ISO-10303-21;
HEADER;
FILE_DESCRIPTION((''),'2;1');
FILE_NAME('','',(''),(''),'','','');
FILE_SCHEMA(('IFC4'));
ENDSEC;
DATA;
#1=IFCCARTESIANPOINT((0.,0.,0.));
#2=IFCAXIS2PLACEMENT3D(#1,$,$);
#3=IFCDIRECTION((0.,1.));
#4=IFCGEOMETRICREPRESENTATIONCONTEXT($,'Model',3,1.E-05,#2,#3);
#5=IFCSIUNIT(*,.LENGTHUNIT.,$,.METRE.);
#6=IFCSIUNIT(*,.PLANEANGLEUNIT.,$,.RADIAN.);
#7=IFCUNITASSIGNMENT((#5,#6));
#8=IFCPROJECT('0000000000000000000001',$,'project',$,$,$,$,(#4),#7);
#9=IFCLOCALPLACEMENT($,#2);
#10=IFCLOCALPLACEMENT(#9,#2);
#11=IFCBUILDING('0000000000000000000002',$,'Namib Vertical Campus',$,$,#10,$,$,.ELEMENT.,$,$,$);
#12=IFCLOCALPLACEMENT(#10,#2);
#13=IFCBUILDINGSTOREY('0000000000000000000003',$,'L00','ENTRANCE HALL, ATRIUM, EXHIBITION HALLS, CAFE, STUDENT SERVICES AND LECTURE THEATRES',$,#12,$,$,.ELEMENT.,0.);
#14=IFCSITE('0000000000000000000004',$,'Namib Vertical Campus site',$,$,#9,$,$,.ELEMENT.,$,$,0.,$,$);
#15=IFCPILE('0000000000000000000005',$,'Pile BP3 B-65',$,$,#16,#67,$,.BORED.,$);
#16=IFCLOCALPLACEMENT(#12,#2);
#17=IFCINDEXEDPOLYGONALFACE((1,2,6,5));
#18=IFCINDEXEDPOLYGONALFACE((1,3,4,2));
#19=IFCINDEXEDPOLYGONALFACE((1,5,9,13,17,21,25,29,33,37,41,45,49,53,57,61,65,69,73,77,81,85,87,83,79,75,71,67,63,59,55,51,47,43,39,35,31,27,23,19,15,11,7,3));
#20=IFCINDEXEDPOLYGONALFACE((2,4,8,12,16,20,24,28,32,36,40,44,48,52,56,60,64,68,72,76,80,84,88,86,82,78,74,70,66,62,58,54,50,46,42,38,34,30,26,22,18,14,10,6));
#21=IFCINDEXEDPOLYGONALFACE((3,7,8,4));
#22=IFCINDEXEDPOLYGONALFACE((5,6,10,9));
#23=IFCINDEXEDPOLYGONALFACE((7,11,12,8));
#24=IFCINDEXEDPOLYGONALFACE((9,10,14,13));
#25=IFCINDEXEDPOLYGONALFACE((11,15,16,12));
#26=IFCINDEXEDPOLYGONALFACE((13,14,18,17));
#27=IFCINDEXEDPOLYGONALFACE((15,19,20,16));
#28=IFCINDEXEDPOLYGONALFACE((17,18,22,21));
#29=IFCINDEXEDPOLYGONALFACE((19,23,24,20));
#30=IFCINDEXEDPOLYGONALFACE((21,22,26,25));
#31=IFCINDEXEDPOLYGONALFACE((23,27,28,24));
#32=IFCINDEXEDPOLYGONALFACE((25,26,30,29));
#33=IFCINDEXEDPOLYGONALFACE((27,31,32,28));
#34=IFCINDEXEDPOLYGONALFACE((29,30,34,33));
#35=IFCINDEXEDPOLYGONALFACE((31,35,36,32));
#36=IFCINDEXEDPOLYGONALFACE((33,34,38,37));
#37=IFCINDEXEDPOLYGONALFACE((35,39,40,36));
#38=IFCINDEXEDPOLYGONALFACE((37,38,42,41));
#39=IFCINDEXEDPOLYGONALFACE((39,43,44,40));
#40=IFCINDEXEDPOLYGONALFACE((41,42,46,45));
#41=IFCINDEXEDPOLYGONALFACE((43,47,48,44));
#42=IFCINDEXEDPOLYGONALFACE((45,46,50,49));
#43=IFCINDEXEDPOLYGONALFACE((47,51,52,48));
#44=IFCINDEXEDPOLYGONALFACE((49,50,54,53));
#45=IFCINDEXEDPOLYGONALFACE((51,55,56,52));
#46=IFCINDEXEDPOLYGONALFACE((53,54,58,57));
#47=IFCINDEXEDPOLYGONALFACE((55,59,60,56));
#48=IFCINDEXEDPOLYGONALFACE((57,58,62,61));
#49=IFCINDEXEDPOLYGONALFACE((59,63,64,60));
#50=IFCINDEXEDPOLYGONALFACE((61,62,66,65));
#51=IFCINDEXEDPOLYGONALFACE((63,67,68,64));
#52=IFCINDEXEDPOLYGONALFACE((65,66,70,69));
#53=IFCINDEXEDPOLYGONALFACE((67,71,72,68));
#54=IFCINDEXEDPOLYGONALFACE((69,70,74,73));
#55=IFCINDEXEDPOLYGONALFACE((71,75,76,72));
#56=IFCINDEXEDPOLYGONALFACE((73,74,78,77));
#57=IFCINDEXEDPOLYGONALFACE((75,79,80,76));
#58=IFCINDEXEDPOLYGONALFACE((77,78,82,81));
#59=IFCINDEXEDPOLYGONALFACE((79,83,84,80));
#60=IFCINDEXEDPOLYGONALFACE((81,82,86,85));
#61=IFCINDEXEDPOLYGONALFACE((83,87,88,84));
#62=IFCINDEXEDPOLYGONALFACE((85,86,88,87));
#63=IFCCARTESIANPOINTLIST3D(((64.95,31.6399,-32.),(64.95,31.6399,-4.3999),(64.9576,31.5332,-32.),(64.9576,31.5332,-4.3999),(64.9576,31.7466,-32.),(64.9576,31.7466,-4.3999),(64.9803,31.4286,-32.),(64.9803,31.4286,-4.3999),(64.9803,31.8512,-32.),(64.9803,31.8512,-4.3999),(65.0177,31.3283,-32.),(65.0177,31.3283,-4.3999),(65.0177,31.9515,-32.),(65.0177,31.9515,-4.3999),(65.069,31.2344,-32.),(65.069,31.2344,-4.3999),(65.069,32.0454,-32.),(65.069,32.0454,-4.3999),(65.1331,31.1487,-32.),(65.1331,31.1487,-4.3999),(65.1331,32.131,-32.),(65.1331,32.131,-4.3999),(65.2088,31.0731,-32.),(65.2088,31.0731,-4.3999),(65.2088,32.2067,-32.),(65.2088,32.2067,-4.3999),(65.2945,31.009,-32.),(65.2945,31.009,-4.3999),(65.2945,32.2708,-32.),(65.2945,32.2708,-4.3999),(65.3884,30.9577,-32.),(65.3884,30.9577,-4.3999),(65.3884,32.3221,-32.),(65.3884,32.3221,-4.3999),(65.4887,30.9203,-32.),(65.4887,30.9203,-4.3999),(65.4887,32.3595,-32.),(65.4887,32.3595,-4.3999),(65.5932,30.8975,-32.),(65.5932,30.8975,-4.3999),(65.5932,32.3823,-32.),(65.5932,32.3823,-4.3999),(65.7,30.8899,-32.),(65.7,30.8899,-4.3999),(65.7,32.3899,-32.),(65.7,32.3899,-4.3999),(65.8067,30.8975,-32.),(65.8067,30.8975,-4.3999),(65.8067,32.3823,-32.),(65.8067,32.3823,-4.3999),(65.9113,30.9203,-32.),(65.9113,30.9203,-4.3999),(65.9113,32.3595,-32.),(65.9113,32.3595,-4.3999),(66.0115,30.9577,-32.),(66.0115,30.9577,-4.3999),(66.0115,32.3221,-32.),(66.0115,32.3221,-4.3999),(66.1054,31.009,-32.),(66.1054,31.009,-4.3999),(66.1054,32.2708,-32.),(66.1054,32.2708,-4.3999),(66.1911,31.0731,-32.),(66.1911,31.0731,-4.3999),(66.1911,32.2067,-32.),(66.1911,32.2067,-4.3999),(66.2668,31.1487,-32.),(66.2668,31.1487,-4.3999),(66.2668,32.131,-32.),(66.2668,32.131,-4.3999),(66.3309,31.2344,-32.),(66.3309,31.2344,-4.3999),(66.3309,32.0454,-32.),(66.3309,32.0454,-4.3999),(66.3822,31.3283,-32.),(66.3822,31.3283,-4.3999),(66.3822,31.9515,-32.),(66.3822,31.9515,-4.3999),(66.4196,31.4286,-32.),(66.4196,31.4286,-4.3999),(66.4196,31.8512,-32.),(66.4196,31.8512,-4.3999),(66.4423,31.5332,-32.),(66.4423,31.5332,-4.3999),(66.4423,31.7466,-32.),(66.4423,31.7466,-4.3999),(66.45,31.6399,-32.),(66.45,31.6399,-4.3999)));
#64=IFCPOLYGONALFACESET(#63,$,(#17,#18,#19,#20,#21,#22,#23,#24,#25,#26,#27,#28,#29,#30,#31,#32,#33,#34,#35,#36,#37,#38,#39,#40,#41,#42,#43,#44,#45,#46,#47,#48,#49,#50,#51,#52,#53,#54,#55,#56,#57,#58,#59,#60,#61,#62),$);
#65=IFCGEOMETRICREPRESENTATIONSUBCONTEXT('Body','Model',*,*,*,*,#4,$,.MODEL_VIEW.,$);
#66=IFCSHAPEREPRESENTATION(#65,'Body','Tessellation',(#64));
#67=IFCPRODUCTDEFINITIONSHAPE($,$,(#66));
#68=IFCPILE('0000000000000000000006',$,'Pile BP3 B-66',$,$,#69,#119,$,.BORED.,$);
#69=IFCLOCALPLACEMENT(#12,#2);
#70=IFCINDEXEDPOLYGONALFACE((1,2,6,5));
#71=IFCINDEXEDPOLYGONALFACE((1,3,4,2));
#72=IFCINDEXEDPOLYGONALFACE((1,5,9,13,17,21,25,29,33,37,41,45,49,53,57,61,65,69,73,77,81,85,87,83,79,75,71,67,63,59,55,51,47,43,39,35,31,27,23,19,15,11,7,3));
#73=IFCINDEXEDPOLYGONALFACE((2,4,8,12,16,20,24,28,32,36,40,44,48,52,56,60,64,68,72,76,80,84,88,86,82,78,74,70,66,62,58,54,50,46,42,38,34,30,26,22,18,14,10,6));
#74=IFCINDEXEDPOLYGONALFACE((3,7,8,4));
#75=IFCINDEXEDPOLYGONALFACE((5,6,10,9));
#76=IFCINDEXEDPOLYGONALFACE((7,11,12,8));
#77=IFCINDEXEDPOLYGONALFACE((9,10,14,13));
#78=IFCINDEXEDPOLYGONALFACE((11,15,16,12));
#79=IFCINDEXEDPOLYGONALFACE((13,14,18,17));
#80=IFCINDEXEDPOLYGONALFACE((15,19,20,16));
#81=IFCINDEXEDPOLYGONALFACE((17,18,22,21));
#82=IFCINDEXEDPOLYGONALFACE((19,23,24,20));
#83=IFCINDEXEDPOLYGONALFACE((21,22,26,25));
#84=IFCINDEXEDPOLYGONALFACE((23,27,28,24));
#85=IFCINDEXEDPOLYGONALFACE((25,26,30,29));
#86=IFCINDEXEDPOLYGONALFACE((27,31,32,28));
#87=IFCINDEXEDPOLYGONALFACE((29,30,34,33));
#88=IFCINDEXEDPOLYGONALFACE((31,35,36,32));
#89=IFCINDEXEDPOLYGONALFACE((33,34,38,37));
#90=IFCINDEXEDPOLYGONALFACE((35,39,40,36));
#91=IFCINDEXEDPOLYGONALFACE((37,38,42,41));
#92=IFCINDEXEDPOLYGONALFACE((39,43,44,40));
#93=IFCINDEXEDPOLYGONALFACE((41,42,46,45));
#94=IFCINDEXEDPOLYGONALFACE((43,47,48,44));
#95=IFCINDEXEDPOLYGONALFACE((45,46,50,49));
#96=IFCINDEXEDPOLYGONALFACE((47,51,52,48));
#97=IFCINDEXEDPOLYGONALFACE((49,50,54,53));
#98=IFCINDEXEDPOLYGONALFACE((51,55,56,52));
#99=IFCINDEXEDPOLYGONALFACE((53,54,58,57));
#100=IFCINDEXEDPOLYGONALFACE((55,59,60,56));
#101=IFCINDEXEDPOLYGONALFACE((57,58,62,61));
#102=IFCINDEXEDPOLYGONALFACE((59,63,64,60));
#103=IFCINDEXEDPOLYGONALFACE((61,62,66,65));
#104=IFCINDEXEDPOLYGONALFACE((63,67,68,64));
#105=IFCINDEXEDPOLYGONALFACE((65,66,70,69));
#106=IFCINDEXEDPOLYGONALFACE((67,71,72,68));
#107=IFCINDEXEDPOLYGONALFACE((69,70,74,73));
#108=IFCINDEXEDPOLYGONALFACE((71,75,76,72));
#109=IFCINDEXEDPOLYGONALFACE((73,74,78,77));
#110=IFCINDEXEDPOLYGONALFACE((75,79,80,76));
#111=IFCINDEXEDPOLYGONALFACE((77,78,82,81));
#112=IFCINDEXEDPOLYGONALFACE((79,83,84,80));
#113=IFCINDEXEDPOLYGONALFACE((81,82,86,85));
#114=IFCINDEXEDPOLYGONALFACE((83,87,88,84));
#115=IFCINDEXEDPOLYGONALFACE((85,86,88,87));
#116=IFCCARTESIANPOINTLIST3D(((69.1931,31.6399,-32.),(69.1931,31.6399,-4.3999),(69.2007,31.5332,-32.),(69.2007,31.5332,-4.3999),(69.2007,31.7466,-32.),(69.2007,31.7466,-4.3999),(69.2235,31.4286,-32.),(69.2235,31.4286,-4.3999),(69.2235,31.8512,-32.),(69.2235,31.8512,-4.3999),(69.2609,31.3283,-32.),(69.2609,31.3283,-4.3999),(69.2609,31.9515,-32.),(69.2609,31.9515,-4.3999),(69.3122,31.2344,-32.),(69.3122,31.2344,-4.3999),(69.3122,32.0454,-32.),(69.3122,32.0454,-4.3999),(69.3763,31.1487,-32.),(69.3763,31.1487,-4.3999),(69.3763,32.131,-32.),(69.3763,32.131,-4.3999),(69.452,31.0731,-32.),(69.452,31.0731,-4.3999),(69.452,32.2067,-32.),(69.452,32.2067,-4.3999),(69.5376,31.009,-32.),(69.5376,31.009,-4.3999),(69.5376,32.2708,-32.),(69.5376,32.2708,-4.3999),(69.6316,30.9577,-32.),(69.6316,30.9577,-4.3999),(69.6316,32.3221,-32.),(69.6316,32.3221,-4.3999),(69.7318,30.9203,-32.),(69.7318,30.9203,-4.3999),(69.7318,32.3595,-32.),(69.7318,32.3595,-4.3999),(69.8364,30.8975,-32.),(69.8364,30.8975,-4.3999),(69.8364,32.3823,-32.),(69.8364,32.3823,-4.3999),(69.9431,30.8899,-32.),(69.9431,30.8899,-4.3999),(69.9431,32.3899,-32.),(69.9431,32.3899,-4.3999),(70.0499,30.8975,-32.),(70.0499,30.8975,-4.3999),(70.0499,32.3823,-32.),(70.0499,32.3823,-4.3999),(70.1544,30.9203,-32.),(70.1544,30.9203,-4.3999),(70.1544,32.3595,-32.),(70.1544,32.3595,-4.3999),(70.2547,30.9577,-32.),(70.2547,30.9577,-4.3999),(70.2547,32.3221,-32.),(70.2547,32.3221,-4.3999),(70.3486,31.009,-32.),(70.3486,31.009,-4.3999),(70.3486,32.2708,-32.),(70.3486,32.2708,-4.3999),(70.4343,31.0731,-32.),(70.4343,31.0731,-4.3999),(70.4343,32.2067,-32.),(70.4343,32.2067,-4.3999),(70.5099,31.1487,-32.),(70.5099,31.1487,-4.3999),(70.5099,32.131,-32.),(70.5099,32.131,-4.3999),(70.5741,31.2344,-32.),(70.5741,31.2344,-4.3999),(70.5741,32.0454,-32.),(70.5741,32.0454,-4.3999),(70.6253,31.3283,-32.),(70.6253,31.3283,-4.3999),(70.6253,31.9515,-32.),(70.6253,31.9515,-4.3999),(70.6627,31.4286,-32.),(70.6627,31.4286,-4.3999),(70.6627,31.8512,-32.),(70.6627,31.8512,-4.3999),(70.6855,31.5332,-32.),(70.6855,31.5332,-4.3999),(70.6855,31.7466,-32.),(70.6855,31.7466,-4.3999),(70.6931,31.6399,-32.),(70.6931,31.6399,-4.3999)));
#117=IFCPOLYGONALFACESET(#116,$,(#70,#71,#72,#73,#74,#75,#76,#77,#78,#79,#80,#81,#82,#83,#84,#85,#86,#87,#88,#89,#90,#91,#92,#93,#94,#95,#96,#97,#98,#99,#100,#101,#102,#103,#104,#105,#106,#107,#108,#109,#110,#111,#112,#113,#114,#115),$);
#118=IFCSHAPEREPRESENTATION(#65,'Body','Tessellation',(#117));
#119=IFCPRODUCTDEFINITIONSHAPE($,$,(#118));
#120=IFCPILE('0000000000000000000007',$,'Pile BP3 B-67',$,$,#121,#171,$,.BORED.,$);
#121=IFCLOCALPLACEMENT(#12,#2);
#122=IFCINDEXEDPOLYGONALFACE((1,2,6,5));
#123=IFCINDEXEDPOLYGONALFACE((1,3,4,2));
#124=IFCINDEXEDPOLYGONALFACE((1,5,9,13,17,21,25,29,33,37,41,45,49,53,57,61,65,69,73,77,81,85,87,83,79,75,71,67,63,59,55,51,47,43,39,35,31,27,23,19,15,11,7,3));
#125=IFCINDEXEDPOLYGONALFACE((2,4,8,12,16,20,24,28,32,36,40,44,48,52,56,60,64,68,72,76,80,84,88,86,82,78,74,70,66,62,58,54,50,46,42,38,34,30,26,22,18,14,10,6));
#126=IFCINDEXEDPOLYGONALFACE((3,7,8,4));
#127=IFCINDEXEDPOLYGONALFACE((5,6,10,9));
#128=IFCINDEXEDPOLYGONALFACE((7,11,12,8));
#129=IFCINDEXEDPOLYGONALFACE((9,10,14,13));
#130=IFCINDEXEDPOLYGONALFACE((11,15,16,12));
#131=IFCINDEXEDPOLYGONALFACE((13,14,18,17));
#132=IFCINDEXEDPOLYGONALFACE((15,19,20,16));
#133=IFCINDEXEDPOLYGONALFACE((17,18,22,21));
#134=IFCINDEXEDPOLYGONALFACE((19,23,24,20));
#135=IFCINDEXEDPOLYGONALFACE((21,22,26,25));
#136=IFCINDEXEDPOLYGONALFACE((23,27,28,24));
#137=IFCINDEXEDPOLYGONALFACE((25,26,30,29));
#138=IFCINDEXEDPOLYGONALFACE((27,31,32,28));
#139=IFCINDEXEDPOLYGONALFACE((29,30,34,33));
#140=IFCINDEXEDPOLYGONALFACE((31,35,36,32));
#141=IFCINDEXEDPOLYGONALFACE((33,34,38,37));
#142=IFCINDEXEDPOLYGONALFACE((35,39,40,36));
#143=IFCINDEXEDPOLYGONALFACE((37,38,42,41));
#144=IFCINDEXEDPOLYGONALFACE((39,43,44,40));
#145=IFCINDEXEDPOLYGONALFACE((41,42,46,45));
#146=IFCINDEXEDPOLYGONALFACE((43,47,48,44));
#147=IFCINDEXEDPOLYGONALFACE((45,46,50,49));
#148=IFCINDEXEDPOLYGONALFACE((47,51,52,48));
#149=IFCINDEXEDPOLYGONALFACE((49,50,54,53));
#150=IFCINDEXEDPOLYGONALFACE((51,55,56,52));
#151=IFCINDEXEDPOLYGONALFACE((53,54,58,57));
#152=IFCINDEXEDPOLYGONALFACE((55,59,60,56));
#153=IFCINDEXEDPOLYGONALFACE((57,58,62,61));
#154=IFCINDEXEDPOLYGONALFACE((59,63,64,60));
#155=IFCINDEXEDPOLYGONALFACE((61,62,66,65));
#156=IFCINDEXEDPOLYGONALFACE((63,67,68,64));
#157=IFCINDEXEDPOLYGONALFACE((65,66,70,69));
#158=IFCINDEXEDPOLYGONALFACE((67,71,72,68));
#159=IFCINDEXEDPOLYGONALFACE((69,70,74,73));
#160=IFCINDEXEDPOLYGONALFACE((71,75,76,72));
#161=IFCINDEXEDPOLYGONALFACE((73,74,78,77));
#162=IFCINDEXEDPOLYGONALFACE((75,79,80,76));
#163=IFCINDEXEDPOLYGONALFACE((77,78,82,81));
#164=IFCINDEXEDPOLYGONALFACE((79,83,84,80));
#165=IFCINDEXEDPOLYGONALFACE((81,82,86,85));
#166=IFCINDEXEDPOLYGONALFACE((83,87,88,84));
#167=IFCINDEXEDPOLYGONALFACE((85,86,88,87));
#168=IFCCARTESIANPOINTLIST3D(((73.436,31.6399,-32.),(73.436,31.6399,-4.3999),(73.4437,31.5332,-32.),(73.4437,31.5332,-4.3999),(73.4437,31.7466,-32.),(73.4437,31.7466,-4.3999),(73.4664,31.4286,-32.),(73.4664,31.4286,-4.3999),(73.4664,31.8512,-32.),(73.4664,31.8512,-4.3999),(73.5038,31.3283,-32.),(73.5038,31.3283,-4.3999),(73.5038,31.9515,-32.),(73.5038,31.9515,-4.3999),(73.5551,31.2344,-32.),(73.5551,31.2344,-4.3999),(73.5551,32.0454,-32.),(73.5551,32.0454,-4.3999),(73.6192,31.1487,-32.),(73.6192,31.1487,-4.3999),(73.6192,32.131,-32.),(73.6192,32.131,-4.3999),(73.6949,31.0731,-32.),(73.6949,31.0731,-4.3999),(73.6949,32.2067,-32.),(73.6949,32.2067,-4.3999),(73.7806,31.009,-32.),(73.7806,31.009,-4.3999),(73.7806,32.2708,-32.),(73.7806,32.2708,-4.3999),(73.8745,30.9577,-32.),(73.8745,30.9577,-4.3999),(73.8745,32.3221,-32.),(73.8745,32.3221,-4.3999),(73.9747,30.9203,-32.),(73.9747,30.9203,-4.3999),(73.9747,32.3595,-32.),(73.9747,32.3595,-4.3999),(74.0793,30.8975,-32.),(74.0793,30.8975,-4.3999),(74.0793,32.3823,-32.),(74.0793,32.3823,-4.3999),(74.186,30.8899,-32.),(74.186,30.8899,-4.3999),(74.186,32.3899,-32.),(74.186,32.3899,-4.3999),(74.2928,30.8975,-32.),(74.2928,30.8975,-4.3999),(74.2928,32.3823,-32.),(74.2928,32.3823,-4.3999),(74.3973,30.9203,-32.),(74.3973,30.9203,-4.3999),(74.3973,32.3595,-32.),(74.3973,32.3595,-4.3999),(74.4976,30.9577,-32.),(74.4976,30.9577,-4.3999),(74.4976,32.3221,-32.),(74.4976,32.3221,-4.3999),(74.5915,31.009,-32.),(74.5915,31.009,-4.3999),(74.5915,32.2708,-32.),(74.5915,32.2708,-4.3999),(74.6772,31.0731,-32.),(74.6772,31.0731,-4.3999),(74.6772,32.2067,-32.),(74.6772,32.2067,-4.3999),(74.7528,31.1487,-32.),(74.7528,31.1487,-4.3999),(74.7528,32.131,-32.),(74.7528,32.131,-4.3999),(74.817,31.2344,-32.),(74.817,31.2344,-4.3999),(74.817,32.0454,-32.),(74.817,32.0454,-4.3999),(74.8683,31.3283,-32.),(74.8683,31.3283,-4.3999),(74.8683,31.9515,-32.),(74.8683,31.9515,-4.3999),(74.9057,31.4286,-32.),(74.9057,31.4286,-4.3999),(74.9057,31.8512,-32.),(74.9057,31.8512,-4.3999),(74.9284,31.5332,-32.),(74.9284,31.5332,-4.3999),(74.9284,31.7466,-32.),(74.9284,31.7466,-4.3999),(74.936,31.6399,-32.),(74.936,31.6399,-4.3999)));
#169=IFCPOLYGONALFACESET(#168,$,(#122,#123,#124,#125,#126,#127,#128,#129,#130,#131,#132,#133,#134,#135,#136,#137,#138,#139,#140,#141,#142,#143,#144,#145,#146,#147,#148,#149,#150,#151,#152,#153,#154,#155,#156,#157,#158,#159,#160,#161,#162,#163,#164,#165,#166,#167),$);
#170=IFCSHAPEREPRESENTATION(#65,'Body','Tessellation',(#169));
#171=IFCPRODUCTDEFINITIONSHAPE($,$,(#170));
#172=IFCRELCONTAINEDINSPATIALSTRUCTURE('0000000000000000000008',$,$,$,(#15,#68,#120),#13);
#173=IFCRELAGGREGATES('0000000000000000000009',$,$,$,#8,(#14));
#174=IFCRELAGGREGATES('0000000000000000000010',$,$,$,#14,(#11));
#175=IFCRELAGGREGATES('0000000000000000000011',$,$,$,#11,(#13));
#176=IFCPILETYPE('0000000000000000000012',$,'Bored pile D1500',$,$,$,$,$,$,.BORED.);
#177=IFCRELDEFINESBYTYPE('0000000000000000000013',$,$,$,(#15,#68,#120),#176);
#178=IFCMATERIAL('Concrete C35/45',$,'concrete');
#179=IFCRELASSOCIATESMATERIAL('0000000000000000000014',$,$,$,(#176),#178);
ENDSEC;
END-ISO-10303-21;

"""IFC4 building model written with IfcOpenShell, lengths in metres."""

from ifc_helpers import new_model, si_unit, direction, frame, origin, origin_2d, place, context, subcontext, project, spatial, circle, extrude, material, material_profile, profile_set, type_object, element, save


model = new_model("IFC4")

# Units and contexts
model_context = context("Model", 3, precision=1e-05, world=origin(), true_north=direction((0.0, 1.0)))
body_context = subcontext(model_context, "Body", "Model", "MODEL_VIEW")
ifc_project = project(units=[si_unit("LENGTHUNIT", "METRE"), si_unit("PLANEANGLEUNIT", "RADIAN")], contexts=[model_context])

# Site, building, storey
site_placement = place(None, origin())
site = spatial("IfcSite", under=ifc_project, at=site_placement, Name="Namib Vertical Campus site", CompositionType="ELEMENT", RefElevation=0.0)
building_placement = place(site_placement, origin())
building = spatial("IfcBuilding", under=site, at=building_placement, Name="Namib Vertical Campus", CompositionType="ELEMENT")
storey_placement = place(building_placement, origin())
storey = spatial("IfcBuildingStorey", under=building, at=storey_placement, Name="L00", Description="ENTRANCE HALL, ATRIUM, EXHIBITION HALLS, CAFE, STUDENT SERVICES AND LECTURE THEATRES", CompositionType="ELEMENT", Elevation=0.0)

# Piles
ifc_material_1 = material(Name="Concrete C35/45", Category="concrete")
ifc_material_profile_1 = material_profile(ifc_material_1, circle(Radius=0.75, at=origin_2d()))
ifc_profile_set_1 = profile_set([ifc_material_profile_1], Name="Concrete C35/45")
pile_type = type_object("IfcPileType", Name="Bored pile D1500", PredefinedType="BORED", material=ifc_profile_set_1)
for number, where, z_axis, x_axis, name in (
    (1, (65.7, 31.6399, -4.3999), (0.0, 0.0, -1.0), (1.0, 0.0, 0.0), "Pile BP3 B-65"),
    (2, (69.9431, 31.6399, -4.3999), (0.0, 0.0, -1.0), (1.0, 0.0, 0.0), "Pile BP3 B-66"),
    (3, (74.186, 31.6399, -4.3999), (0.0, 0.0, -1.0), (1.0, 0.0, 0.0), "Pile BP3 B-67"),
):
    element("IfcPile", number, at=place(storey_placement, frame(where, z_axis=z_axis, x_axis=x_axis)), inside=storey, type_object=pile_type, Name=name, PredefinedType="BORED", context=body_context, shape_type="SweptSolid", body=[
        extrude(circle(Radius=0.75, at=origin_2d()), origin(), (0.0, 0.0, 1.0), 27.6001),
    ])

save(model, "model.ifc")
